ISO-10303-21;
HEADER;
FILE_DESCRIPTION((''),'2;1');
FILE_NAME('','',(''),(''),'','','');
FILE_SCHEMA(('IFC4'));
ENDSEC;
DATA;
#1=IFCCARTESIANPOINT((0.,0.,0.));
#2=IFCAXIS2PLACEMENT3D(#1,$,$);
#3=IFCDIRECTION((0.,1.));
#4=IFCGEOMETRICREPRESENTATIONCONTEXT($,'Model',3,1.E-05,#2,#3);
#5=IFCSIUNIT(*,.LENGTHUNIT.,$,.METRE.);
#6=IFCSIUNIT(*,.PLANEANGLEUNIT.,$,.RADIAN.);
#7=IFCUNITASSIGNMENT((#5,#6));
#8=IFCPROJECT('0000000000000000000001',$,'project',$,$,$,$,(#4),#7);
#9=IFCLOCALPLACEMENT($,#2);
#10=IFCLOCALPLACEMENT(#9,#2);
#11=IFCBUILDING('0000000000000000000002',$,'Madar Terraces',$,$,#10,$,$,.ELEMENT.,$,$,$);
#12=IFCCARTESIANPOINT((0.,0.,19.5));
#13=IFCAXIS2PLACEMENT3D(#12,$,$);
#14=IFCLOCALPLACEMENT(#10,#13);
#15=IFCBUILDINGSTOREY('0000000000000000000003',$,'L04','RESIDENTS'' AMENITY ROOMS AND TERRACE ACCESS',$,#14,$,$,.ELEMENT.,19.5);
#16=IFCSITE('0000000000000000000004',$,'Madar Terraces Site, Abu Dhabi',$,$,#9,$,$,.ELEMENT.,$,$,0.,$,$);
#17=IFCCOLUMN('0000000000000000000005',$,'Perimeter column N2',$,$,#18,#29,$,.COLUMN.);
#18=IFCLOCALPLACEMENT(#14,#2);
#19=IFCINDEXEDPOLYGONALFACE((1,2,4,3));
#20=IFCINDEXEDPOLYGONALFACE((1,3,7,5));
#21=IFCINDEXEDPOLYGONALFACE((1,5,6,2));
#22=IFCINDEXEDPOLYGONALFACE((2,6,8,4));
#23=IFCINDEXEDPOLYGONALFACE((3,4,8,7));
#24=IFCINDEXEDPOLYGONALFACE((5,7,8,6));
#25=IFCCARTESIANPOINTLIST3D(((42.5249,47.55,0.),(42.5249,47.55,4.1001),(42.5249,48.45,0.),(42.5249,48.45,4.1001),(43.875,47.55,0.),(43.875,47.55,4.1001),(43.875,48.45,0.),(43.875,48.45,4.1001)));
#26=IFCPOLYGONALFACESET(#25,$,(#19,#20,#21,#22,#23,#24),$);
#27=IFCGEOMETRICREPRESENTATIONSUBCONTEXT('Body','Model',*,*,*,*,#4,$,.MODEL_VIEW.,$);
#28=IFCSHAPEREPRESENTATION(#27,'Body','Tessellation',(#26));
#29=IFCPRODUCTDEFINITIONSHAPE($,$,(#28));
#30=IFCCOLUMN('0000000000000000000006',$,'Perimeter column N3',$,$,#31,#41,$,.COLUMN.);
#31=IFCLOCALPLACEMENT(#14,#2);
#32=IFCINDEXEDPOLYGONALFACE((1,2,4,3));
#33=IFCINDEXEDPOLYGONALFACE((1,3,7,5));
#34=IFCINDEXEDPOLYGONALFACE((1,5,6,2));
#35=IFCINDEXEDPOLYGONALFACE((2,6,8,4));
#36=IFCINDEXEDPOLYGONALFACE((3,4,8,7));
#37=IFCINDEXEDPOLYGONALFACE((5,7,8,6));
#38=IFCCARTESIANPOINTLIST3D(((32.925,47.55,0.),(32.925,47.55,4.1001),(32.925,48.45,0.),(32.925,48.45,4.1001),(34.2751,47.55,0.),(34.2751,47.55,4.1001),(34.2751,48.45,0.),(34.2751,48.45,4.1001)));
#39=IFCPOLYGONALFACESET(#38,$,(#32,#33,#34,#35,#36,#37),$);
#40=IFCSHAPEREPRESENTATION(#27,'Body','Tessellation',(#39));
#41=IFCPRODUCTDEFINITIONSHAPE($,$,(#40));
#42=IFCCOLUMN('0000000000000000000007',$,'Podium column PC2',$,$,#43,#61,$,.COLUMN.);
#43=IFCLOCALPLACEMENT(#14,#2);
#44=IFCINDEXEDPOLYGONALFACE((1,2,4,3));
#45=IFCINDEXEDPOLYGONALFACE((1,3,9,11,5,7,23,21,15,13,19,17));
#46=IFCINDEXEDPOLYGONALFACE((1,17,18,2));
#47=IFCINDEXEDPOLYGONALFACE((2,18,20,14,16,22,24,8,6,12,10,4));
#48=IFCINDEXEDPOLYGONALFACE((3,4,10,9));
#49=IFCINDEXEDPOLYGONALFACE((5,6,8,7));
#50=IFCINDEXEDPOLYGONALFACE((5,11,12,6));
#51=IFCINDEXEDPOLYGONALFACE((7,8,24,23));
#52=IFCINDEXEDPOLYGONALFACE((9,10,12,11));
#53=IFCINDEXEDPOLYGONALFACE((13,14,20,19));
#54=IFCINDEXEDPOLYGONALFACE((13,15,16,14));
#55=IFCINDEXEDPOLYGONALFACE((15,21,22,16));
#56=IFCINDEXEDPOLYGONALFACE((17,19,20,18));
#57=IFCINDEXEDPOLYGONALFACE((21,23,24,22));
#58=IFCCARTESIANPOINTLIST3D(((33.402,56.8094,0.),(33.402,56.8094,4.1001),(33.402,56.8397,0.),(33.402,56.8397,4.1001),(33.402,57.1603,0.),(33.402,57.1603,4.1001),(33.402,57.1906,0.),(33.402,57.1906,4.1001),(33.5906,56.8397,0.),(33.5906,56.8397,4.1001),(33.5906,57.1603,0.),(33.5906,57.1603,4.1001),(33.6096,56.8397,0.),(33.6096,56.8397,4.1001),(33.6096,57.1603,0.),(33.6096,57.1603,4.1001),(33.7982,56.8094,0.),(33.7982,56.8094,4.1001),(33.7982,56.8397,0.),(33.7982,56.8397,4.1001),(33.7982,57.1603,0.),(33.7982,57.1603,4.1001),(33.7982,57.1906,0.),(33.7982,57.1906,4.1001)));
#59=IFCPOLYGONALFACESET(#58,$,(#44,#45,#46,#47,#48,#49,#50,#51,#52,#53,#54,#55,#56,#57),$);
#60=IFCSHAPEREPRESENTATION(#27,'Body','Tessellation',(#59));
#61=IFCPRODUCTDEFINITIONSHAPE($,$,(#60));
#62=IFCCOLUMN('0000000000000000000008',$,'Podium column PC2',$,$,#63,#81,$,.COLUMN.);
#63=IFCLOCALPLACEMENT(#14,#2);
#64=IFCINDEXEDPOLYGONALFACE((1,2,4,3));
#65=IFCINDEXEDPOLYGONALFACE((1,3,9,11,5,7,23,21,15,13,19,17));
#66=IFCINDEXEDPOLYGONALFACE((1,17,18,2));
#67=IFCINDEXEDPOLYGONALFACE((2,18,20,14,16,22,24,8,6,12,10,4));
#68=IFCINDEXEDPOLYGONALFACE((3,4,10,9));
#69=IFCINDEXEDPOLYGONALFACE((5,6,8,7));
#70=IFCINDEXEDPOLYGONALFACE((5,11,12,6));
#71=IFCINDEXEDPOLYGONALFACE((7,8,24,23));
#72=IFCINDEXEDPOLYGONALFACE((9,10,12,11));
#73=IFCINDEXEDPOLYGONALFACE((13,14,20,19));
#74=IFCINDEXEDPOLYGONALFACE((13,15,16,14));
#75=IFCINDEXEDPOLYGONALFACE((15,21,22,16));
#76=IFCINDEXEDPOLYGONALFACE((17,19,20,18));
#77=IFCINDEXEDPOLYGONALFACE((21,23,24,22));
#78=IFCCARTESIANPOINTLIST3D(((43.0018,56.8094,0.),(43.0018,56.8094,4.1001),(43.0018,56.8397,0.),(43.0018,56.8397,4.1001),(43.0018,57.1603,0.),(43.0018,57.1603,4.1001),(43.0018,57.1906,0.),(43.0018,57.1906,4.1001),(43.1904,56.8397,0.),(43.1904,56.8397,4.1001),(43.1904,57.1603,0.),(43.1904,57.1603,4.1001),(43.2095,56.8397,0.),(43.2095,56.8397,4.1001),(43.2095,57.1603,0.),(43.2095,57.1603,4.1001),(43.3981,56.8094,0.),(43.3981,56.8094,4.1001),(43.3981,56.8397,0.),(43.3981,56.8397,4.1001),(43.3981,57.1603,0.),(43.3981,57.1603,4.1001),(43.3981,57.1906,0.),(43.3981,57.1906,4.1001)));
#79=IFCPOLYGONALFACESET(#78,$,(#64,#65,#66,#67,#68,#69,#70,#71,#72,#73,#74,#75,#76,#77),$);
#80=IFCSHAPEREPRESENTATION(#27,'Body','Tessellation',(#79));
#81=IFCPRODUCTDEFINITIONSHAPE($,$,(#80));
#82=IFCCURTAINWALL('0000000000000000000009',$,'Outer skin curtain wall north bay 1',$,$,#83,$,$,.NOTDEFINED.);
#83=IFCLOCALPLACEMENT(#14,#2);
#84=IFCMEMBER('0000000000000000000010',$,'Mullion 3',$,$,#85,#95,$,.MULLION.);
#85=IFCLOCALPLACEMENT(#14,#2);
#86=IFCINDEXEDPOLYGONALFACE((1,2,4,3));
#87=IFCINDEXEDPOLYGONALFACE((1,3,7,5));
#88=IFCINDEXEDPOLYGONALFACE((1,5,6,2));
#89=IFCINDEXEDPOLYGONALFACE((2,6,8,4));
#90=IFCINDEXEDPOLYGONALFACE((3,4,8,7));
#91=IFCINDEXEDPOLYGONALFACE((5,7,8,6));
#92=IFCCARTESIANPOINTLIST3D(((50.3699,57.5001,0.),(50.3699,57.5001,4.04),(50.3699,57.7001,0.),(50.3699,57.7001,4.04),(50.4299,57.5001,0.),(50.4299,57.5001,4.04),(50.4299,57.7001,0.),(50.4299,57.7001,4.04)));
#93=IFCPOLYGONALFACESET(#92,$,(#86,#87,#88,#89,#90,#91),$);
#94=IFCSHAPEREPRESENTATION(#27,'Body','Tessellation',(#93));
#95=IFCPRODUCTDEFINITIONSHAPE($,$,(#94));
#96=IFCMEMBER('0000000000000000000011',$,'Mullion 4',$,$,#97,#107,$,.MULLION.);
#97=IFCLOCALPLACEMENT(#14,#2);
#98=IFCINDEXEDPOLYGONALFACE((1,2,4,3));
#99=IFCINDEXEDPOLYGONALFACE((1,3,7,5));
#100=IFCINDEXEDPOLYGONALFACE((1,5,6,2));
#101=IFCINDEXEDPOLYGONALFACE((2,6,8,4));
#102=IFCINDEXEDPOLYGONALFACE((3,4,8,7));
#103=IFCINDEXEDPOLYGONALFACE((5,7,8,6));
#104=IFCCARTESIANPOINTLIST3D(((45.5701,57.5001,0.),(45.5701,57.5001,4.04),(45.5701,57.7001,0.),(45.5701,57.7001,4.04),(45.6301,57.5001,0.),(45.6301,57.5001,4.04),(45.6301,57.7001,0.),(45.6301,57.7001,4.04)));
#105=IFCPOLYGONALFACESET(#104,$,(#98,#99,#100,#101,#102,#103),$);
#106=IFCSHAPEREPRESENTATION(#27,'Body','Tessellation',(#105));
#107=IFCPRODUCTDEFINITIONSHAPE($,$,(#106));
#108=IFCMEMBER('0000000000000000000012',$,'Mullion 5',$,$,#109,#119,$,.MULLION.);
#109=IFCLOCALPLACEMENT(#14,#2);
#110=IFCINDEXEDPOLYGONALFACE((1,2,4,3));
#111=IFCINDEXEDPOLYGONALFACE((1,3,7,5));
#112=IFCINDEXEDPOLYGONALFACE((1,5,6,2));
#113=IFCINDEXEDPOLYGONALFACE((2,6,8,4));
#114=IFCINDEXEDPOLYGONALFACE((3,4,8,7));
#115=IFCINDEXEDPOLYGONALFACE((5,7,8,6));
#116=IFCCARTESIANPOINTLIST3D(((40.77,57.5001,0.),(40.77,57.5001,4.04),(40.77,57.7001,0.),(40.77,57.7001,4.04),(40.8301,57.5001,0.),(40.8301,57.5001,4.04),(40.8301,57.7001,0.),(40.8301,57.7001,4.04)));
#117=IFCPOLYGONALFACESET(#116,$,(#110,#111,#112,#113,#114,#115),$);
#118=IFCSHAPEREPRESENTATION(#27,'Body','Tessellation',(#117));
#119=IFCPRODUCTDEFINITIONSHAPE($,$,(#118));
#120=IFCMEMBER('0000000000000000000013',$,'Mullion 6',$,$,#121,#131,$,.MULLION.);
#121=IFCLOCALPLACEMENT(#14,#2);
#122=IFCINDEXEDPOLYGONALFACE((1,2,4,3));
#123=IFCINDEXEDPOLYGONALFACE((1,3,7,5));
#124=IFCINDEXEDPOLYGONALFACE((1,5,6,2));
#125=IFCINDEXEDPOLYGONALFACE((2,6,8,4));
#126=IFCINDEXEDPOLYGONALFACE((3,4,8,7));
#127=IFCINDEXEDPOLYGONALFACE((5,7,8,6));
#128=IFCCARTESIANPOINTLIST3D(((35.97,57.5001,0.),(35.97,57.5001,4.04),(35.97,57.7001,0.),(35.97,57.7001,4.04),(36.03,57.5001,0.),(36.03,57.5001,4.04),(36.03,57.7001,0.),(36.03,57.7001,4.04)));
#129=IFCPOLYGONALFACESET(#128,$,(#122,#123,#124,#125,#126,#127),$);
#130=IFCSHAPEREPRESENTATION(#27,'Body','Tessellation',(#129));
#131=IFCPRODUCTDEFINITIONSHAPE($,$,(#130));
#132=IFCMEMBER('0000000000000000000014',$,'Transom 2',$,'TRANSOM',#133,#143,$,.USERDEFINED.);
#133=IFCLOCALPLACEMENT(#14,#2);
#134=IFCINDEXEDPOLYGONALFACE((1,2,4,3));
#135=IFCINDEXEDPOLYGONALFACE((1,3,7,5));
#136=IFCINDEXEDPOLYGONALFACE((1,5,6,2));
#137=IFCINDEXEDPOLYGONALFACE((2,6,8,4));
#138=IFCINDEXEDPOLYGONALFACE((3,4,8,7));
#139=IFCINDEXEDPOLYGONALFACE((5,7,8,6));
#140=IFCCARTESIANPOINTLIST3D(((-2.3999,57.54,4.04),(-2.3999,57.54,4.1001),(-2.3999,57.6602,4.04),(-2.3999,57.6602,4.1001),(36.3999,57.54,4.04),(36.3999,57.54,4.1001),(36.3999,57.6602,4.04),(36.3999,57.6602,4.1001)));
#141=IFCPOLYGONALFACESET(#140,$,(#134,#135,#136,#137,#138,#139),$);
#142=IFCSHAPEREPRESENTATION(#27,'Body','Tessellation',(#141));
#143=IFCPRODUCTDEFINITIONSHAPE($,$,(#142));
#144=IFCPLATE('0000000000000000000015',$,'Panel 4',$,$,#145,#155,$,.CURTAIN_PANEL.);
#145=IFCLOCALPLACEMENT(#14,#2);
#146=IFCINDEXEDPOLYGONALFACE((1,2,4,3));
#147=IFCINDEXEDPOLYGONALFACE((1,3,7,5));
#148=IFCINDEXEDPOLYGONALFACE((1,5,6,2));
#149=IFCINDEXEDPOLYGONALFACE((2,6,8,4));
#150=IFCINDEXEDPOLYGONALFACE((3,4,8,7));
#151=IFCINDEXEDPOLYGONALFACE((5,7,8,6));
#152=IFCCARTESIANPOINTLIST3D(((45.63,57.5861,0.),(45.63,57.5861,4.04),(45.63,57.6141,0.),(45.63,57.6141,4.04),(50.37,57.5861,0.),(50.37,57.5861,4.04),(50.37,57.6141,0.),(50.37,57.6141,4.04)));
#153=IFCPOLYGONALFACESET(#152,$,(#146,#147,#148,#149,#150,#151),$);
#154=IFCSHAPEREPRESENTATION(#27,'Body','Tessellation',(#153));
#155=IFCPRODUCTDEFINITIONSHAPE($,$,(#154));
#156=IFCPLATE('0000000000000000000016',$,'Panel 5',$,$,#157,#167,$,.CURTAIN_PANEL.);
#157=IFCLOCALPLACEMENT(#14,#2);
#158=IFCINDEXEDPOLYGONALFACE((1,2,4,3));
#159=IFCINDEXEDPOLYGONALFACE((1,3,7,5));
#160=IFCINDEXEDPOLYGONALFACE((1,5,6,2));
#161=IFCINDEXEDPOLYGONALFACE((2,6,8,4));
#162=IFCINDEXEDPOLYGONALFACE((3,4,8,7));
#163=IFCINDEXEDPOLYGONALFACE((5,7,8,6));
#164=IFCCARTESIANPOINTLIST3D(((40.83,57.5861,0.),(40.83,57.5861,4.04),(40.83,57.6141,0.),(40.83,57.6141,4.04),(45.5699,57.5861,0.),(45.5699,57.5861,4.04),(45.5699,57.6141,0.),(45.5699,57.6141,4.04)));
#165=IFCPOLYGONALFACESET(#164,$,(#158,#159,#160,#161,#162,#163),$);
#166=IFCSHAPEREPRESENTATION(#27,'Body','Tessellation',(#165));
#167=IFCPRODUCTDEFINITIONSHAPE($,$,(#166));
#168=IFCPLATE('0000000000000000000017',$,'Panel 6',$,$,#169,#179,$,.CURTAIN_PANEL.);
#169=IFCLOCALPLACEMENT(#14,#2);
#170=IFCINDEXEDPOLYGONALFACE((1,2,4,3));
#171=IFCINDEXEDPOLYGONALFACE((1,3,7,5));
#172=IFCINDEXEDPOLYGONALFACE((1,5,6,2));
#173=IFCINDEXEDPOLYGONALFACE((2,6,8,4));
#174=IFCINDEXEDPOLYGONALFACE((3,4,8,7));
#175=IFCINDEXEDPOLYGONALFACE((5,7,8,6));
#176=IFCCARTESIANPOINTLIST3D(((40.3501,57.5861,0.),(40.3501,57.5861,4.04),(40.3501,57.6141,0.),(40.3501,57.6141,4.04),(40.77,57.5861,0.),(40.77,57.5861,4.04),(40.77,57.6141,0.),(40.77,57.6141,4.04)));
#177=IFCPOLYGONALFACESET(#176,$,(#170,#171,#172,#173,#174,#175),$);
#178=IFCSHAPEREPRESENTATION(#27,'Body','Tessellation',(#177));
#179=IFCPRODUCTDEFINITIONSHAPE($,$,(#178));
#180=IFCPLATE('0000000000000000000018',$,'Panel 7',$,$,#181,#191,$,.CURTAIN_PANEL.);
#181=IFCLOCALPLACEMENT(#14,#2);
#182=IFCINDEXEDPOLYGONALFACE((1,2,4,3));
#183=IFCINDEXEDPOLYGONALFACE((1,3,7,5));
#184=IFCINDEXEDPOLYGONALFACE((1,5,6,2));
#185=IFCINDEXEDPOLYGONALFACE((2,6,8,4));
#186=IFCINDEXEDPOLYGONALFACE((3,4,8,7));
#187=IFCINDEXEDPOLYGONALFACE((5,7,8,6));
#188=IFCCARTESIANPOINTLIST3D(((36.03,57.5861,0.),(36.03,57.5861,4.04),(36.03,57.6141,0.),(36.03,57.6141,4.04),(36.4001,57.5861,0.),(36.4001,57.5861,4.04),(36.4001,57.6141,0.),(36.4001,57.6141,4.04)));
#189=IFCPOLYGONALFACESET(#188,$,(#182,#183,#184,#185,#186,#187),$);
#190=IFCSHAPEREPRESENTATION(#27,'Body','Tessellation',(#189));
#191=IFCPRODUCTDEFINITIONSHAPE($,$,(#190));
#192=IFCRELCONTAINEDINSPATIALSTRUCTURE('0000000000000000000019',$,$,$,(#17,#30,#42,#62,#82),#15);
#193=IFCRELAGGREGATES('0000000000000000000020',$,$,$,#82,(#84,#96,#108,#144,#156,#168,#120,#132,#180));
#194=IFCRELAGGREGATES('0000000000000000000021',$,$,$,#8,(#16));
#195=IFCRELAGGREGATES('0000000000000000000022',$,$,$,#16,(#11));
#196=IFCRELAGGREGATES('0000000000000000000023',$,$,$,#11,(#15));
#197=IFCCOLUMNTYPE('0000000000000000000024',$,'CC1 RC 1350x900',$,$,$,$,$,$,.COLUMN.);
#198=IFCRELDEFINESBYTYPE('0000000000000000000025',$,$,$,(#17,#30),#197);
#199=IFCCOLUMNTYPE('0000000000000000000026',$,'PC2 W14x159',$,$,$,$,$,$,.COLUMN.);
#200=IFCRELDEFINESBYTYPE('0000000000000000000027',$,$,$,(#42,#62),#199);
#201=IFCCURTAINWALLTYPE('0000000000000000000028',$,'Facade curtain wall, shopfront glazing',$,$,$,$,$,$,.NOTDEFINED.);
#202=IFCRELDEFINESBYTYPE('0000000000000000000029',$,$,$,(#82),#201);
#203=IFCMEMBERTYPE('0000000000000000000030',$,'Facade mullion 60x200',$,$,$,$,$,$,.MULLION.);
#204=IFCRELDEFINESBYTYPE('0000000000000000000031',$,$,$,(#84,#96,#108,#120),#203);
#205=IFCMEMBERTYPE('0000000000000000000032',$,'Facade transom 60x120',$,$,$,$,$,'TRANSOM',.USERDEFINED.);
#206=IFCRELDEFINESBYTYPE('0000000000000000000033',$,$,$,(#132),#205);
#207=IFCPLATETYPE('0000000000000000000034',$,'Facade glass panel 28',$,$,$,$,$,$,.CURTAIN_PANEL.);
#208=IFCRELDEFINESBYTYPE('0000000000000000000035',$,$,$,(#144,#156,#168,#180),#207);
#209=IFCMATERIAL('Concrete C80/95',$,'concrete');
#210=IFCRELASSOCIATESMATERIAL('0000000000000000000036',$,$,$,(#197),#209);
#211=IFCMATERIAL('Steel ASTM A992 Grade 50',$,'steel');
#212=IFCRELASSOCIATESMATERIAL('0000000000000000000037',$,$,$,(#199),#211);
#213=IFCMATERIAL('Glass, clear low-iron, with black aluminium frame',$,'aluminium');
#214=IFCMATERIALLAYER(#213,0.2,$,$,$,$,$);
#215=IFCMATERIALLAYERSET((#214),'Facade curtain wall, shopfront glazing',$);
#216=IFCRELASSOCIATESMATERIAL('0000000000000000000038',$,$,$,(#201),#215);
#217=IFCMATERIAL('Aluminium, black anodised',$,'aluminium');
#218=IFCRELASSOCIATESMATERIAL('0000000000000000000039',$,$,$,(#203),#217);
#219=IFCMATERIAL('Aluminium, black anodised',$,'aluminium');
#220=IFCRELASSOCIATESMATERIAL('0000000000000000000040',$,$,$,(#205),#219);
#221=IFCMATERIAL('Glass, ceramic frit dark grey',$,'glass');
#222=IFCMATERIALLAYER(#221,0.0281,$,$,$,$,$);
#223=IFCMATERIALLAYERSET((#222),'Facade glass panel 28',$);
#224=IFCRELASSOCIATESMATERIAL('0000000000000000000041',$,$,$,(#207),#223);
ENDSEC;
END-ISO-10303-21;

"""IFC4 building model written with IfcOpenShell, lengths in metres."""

from ifc_helpers import new_model, si_unit, direction, frame, origin, origin_2d, place, context, subcontext, project, spatial, rectangle, i_section, extrude, material, layer, layer_set, material_profile, profile_set, type_object, element, aggregate, save


model = new_model("IFC4")

# Units and contexts
model_context = context("Model", 3, precision=1e-05, world=origin(), true_north=direction((0.0, 1.0)))
body_context = subcontext(model_context, "Body", "Model", "MODEL_VIEW")
ifc_project = project(units=[si_unit("LENGTHUNIT", "METRE"), si_unit("PLANEANGLEUNIT", "RADIAN")], contexts=[model_context])

# Site, building, storey
site_placement = place(None, origin())
site = spatial("IfcSite", under=ifc_project, at=site_placement, Name="Madar Terraces Site, Abu Dhabi", CompositionType="ELEMENT", RefElevation=0.0)
building_placement = place(site_placement, origin())
building = spatial("IfcBuilding", under=site, at=building_placement, Name="Madar Terraces", CompositionType="ELEMENT")
storey_placement = place(building_placement, frame((0.0, 0.0, 19.5)))
storey = spatial("IfcBuildingStorey", under=building, at=storey_placement, Name="L04", Description="RESIDENTS' AMENITY ROOMS AND TERRACE ACCESS", CompositionType="ELEMENT", Elevation=19.5)

# Columns
ifc_material_1 = material(Name="Concrete C80/95", Category="concrete")
ifc_material_profile_1 = material_profile(ifc_material_1, rectangle(XDim=1.3501, YDim=0.8999, at=origin_2d()), Name="CC1 RC 1350x900")
ifc_profile_set_1 = profile_set([ifc_material_profile_1], Name="Concrete C80/95")
column_type_1 = type_object("IfcColumnType", Name="CC1 RC 1350x900", PredefinedType="COLUMN", material=ifc_profile_set_1)
for number, where, z_axis, x_axis, name in (
    (1, (43.2, 48.0, 0.0), (0.0, 0.0, 1.0), (1.0, 0.0, 0.0), "Perimeter column N2"),
    (2, (33.6001, 48.0, 0.0), (0.0, 0.0, 1.0), (1.0, 0.0, 0.0), "Perimeter column N3"),
):
    element("IfcColumn", number, at=place(storey_placement, frame(where, z_axis=z_axis, x_axis=x_axis)), inside=storey, type_object=column_type_1, Name=name, PredefinedType="COLUMN", context=body_context, shape_type="SweptSolid", body=[
        extrude(rectangle(XDim=1.3501, YDim=0.8999, at=origin_2d()), origin(), (0.0, 0.0, 1.0), 4.1001),
    ])
ifc_material_2 = material(Name="Steel ASTM A992 Grade 50", Category="steel")
ifc_material_profile_2 = material_profile(ifc_material_2, i_section(OverallWidth=0.3962, OverallDepth=0.3811, WebThickness=0.019, FlangeThickness=0.0303, at=origin_2d()), Name="W14x159")
ifc_profile_set_2 = profile_set([ifc_material_profile_2], Name="Steel ASTM A992 Grade 50")
column_type_2 = type_object("IfcColumnType", Name="PC2 W14x159", PredefinedType="COLUMN", material=ifc_profile_set_2)
for number, where, z_axis, x_axis, name in (
    (3, (33.6001, 57.0, 0.0), (0.0, 0.0, 1.0), (1.0, 0.0, 0.0), "Podium column PC2"),
    (4, (43.2, 57.0, 0.0), (0.0, 0.0, 1.0), (1.0, 0.0, 0.0), "Podium column PC2"),
):
    element("IfcColumn", number, at=place(storey_placement, frame(where, z_axis=z_axis, x_axis=x_axis)), inside=storey, type_object=column_type_2, Name=name, PredefinedType="COLUMN", context=body_context, shape_type="SweptSolid", body=[
        extrude(i_section(OverallWidth=0.3962, OverallDepth=0.3811, WebThickness=0.019, FlangeThickness=0.0303, at=origin_2d()), origin(), (0.0, 0.0, 1.0), 4.1001),
    ])

# Curtain wall, members, plates
ifc_material_3 = material(Name="Glass, clear low-iron, with black aluminium frame", Category="aluminium")
ifc_layer_1 = layer(ifc_material_3, 0.2)
ifc_layer_set_1 = layer_set([ifc_layer_1], Name="Facade curtain wall, shopfront glazing")
curtain_wall_type = type_object("IfcCurtainWallType", Name="Facade curtain wall, shopfront glazing", PredefinedType="NOTDEFINED", material=ifc_layer_set_1)
curtain_wall_placement = place(storey_placement, origin())
curtain_wall = element("IfcCurtainWall", 5, at=curtain_wall_placement, inside=storey, type_object=curtain_wall_type, Name="Outer skin curtain wall north bay 1", PredefinedType="NOTDEFINED")
ifc_material_4 = material(Name="Aluminium, black anodised", Category="aluminium")
ifc_material_profile_3 = material_profile(ifc_material_4, rectangle(XDim=0.2, YDim=0.0601, at=origin_2d()), Name="Facade mullion 60x200")
ifc_profile_set_3 = profile_set([ifc_material_profile_3], Name="Aluminium, black anodised")
member_type_1 = type_object("IfcMemberType", Name="Facade mullion 60x200", PredefinedType="MULLION", material=ifc_profile_set_3)
member_1_placement = place(storey_placement, frame((50.3999, 57.6001, 0.0), z_axis=(0.0, 0.0, 1.0), x_axis=(0.0, -1.0, 0.0)))
member_1 = element("IfcMember", 6, at=member_1_placement, type_object=member_type_1, Name="Mullion 3", PredefinedType="MULLION", context=body_context, shape_type="SweptSolid", body=[
    extrude(rectangle(XDim=0.2, YDim=0.0601, at=origin_2d()), origin(), (0.0, 0.0, 1.0), 4.04),
])
member_2_placement = place(storey_placement, frame((45.6001, 57.6001, 0.0), z_axis=(0.0, 0.0, 1.0), x_axis=(0.0, -1.0, 0.0)))
member_2 = element("IfcMember", 7, at=member_2_placement, type_object=member_type_1, Name="Mullion 4", PredefinedType="MULLION", context=body_context, shape_type="SweptSolid", body=[
    extrude(rectangle(XDim=0.2, YDim=0.0601, at=origin_2d()), origin(), (0.0, 0.0, 1.0), 4.04),
])
member_3_placement = place(storey_placement, frame((40.8, 57.6001, 0.0), z_axis=(0.0, 0.0, 1.0), x_axis=(0.0, -1.0, 0.0)))
member_3 = element("IfcMember", 8, at=member_3_placement, type_object=member_type_1, Name="Mullion 5", PredefinedType="MULLION", context=body_context, shape_type="SweptSolid", body=[
    extrude(rectangle(XDim=0.2, YDim=0.0601, at=origin_2d()), origin(), (0.0, 0.0, 1.0), 4.04),
])
member_4_placement = place(storey_placement, frame((36.0, 57.6001, 0.0), z_axis=(0.0, 0.0, 1.0), x_axis=(0.0, -1.0, 0.0)))
member_4 = element("IfcMember", 9, at=member_4_placement, type_object=member_type_1, Name="Mullion 6", PredefinedType="MULLION", context=body_context, shape_type="SweptSolid", body=[
    extrude(rectangle(XDim=0.2, YDim=0.0601, at=origin_2d()), origin(), (0.0, 0.0, 1.0), 4.04),
])
ifc_material_5 = material(Name="Aluminium, black anodised", Category="aluminium")
ifc_material_profile_4 = material_profile(ifc_material_5, rectangle(XDim=0.1201, YDim=0.0601, at=origin_2d()), Name="Facade transom 60x120")
ifc_profile_set_4 = profile_set([ifc_material_profile_4], Name="Aluminium, black anodised")
member_type_2 = type_object("IfcMemberType", Name="Facade transom 60x120", ElementType="TRANSOM", PredefinedType="USERDEFINED", material=ifc_profile_set_4)
member_5_placement = place(storey_placement, frame((36.3999, 57.6001, 4.0701), z_axis=(-1.0, 0.0, 0.0), x_axis=(0.0, -1.0, 0.0)))
member_5 = element("IfcMember", 10, at=member_5_placement, type_object=member_type_2, Name="Transom 2", ObjectType="TRANSOM", PredefinedType="USERDEFINED", context=body_context, shape_type="SweptSolid", body=[
    extrude(rectangle(XDim=0.1201, YDim=0.0601, at=origin_2d()), origin(), (0.0, 0.0, 1.0), 38.7998),
])
ifc_material_6 = material(Name="Glass, ceramic frit dark grey", Category="glass")
ifc_layer_2 = layer(ifc_material_6, 0.0281)
ifc_layer_set_2 = layer_set([ifc_layer_2], Name="Facade glass panel 28")
plate_type = type_object("IfcPlateType", Name="Facade glass panel 28", PredefinedType="CURTAIN_PANEL", material=ifc_layer_set_2)
plate_1_placement = place(storey_placement, frame((48.0, 57.6001, 0.0), z_axis=(0.0, 0.0, 1.0), x_axis=(-1.0, 0.0, 0.0)))
plate_1 = element("IfcPlate", 11, at=plate_1_placement, type_object=plate_type, Name="Panel 4", PredefinedType="CURTAIN_PANEL", context=body_context, shape_type="SweptSolid", body=[
    extrude(rectangle(XDim=4.74, YDim=0.0281, at=origin_2d()), origin(), (0.0, 0.0, 1.0), 4.04),
])
plate_2_placement = place(storey_placement, frame((43.2, 57.6001, 0.0), z_axis=(0.0, 0.0, 1.0), x_axis=(-1.0, 0.0, 0.0)))
plate_2 = element("IfcPlate", 12, at=plate_2_placement, type_object=plate_type, Name="Panel 5", PredefinedType="CURTAIN_PANEL", context=body_context, shape_type="SweptSolid", body=[
    extrude(rectangle(XDim=4.74, YDim=0.0281, at=origin_2d()), origin(), (0.0, 0.0, 1.0), 4.04),
])
plate_3_placement = place(storey_placement, frame((40.5601, 57.6001, 0.0), z_axis=(0.0, 0.0, 1.0), x_axis=(-1.0, 0.0, 0.0)))
plate_3 = element("IfcPlate", 13, at=plate_3_placement, type_object=plate_type, Name="Panel 6", PredefinedType="CURTAIN_PANEL", context=body_context, shape_type="SweptSolid", body=[
    extrude(rectangle(XDim=0.4199, YDim=0.0281, at=origin_2d()), origin(), (0.0, 0.0, 1.0), 4.04),
])
plate_4_placement = place(storey_placement, frame((36.2151, 57.6001, 0.0), z_axis=(0.0, 0.0, 1.0), x_axis=(-1.0, 0.0, 0.0)))
plate_4 = element("IfcPlate", 14, at=plate_4_placement, type_object=plate_type, Name="Panel 7", PredefinedType="CURTAIN_PANEL", context=body_context, shape_type="SweptSolid", body=[
    extrude(rectangle(XDim=0.3701, YDim=0.0281, at=origin_2d()), origin(), (0.0, 0.0, 1.0), 4.04),
])
aggregate(curtain_wall, [member_1, member_2, member_3, plate_1, plate_2, plate_3, member_4, member_5, plate_4])

save(model, "model.ifc")
